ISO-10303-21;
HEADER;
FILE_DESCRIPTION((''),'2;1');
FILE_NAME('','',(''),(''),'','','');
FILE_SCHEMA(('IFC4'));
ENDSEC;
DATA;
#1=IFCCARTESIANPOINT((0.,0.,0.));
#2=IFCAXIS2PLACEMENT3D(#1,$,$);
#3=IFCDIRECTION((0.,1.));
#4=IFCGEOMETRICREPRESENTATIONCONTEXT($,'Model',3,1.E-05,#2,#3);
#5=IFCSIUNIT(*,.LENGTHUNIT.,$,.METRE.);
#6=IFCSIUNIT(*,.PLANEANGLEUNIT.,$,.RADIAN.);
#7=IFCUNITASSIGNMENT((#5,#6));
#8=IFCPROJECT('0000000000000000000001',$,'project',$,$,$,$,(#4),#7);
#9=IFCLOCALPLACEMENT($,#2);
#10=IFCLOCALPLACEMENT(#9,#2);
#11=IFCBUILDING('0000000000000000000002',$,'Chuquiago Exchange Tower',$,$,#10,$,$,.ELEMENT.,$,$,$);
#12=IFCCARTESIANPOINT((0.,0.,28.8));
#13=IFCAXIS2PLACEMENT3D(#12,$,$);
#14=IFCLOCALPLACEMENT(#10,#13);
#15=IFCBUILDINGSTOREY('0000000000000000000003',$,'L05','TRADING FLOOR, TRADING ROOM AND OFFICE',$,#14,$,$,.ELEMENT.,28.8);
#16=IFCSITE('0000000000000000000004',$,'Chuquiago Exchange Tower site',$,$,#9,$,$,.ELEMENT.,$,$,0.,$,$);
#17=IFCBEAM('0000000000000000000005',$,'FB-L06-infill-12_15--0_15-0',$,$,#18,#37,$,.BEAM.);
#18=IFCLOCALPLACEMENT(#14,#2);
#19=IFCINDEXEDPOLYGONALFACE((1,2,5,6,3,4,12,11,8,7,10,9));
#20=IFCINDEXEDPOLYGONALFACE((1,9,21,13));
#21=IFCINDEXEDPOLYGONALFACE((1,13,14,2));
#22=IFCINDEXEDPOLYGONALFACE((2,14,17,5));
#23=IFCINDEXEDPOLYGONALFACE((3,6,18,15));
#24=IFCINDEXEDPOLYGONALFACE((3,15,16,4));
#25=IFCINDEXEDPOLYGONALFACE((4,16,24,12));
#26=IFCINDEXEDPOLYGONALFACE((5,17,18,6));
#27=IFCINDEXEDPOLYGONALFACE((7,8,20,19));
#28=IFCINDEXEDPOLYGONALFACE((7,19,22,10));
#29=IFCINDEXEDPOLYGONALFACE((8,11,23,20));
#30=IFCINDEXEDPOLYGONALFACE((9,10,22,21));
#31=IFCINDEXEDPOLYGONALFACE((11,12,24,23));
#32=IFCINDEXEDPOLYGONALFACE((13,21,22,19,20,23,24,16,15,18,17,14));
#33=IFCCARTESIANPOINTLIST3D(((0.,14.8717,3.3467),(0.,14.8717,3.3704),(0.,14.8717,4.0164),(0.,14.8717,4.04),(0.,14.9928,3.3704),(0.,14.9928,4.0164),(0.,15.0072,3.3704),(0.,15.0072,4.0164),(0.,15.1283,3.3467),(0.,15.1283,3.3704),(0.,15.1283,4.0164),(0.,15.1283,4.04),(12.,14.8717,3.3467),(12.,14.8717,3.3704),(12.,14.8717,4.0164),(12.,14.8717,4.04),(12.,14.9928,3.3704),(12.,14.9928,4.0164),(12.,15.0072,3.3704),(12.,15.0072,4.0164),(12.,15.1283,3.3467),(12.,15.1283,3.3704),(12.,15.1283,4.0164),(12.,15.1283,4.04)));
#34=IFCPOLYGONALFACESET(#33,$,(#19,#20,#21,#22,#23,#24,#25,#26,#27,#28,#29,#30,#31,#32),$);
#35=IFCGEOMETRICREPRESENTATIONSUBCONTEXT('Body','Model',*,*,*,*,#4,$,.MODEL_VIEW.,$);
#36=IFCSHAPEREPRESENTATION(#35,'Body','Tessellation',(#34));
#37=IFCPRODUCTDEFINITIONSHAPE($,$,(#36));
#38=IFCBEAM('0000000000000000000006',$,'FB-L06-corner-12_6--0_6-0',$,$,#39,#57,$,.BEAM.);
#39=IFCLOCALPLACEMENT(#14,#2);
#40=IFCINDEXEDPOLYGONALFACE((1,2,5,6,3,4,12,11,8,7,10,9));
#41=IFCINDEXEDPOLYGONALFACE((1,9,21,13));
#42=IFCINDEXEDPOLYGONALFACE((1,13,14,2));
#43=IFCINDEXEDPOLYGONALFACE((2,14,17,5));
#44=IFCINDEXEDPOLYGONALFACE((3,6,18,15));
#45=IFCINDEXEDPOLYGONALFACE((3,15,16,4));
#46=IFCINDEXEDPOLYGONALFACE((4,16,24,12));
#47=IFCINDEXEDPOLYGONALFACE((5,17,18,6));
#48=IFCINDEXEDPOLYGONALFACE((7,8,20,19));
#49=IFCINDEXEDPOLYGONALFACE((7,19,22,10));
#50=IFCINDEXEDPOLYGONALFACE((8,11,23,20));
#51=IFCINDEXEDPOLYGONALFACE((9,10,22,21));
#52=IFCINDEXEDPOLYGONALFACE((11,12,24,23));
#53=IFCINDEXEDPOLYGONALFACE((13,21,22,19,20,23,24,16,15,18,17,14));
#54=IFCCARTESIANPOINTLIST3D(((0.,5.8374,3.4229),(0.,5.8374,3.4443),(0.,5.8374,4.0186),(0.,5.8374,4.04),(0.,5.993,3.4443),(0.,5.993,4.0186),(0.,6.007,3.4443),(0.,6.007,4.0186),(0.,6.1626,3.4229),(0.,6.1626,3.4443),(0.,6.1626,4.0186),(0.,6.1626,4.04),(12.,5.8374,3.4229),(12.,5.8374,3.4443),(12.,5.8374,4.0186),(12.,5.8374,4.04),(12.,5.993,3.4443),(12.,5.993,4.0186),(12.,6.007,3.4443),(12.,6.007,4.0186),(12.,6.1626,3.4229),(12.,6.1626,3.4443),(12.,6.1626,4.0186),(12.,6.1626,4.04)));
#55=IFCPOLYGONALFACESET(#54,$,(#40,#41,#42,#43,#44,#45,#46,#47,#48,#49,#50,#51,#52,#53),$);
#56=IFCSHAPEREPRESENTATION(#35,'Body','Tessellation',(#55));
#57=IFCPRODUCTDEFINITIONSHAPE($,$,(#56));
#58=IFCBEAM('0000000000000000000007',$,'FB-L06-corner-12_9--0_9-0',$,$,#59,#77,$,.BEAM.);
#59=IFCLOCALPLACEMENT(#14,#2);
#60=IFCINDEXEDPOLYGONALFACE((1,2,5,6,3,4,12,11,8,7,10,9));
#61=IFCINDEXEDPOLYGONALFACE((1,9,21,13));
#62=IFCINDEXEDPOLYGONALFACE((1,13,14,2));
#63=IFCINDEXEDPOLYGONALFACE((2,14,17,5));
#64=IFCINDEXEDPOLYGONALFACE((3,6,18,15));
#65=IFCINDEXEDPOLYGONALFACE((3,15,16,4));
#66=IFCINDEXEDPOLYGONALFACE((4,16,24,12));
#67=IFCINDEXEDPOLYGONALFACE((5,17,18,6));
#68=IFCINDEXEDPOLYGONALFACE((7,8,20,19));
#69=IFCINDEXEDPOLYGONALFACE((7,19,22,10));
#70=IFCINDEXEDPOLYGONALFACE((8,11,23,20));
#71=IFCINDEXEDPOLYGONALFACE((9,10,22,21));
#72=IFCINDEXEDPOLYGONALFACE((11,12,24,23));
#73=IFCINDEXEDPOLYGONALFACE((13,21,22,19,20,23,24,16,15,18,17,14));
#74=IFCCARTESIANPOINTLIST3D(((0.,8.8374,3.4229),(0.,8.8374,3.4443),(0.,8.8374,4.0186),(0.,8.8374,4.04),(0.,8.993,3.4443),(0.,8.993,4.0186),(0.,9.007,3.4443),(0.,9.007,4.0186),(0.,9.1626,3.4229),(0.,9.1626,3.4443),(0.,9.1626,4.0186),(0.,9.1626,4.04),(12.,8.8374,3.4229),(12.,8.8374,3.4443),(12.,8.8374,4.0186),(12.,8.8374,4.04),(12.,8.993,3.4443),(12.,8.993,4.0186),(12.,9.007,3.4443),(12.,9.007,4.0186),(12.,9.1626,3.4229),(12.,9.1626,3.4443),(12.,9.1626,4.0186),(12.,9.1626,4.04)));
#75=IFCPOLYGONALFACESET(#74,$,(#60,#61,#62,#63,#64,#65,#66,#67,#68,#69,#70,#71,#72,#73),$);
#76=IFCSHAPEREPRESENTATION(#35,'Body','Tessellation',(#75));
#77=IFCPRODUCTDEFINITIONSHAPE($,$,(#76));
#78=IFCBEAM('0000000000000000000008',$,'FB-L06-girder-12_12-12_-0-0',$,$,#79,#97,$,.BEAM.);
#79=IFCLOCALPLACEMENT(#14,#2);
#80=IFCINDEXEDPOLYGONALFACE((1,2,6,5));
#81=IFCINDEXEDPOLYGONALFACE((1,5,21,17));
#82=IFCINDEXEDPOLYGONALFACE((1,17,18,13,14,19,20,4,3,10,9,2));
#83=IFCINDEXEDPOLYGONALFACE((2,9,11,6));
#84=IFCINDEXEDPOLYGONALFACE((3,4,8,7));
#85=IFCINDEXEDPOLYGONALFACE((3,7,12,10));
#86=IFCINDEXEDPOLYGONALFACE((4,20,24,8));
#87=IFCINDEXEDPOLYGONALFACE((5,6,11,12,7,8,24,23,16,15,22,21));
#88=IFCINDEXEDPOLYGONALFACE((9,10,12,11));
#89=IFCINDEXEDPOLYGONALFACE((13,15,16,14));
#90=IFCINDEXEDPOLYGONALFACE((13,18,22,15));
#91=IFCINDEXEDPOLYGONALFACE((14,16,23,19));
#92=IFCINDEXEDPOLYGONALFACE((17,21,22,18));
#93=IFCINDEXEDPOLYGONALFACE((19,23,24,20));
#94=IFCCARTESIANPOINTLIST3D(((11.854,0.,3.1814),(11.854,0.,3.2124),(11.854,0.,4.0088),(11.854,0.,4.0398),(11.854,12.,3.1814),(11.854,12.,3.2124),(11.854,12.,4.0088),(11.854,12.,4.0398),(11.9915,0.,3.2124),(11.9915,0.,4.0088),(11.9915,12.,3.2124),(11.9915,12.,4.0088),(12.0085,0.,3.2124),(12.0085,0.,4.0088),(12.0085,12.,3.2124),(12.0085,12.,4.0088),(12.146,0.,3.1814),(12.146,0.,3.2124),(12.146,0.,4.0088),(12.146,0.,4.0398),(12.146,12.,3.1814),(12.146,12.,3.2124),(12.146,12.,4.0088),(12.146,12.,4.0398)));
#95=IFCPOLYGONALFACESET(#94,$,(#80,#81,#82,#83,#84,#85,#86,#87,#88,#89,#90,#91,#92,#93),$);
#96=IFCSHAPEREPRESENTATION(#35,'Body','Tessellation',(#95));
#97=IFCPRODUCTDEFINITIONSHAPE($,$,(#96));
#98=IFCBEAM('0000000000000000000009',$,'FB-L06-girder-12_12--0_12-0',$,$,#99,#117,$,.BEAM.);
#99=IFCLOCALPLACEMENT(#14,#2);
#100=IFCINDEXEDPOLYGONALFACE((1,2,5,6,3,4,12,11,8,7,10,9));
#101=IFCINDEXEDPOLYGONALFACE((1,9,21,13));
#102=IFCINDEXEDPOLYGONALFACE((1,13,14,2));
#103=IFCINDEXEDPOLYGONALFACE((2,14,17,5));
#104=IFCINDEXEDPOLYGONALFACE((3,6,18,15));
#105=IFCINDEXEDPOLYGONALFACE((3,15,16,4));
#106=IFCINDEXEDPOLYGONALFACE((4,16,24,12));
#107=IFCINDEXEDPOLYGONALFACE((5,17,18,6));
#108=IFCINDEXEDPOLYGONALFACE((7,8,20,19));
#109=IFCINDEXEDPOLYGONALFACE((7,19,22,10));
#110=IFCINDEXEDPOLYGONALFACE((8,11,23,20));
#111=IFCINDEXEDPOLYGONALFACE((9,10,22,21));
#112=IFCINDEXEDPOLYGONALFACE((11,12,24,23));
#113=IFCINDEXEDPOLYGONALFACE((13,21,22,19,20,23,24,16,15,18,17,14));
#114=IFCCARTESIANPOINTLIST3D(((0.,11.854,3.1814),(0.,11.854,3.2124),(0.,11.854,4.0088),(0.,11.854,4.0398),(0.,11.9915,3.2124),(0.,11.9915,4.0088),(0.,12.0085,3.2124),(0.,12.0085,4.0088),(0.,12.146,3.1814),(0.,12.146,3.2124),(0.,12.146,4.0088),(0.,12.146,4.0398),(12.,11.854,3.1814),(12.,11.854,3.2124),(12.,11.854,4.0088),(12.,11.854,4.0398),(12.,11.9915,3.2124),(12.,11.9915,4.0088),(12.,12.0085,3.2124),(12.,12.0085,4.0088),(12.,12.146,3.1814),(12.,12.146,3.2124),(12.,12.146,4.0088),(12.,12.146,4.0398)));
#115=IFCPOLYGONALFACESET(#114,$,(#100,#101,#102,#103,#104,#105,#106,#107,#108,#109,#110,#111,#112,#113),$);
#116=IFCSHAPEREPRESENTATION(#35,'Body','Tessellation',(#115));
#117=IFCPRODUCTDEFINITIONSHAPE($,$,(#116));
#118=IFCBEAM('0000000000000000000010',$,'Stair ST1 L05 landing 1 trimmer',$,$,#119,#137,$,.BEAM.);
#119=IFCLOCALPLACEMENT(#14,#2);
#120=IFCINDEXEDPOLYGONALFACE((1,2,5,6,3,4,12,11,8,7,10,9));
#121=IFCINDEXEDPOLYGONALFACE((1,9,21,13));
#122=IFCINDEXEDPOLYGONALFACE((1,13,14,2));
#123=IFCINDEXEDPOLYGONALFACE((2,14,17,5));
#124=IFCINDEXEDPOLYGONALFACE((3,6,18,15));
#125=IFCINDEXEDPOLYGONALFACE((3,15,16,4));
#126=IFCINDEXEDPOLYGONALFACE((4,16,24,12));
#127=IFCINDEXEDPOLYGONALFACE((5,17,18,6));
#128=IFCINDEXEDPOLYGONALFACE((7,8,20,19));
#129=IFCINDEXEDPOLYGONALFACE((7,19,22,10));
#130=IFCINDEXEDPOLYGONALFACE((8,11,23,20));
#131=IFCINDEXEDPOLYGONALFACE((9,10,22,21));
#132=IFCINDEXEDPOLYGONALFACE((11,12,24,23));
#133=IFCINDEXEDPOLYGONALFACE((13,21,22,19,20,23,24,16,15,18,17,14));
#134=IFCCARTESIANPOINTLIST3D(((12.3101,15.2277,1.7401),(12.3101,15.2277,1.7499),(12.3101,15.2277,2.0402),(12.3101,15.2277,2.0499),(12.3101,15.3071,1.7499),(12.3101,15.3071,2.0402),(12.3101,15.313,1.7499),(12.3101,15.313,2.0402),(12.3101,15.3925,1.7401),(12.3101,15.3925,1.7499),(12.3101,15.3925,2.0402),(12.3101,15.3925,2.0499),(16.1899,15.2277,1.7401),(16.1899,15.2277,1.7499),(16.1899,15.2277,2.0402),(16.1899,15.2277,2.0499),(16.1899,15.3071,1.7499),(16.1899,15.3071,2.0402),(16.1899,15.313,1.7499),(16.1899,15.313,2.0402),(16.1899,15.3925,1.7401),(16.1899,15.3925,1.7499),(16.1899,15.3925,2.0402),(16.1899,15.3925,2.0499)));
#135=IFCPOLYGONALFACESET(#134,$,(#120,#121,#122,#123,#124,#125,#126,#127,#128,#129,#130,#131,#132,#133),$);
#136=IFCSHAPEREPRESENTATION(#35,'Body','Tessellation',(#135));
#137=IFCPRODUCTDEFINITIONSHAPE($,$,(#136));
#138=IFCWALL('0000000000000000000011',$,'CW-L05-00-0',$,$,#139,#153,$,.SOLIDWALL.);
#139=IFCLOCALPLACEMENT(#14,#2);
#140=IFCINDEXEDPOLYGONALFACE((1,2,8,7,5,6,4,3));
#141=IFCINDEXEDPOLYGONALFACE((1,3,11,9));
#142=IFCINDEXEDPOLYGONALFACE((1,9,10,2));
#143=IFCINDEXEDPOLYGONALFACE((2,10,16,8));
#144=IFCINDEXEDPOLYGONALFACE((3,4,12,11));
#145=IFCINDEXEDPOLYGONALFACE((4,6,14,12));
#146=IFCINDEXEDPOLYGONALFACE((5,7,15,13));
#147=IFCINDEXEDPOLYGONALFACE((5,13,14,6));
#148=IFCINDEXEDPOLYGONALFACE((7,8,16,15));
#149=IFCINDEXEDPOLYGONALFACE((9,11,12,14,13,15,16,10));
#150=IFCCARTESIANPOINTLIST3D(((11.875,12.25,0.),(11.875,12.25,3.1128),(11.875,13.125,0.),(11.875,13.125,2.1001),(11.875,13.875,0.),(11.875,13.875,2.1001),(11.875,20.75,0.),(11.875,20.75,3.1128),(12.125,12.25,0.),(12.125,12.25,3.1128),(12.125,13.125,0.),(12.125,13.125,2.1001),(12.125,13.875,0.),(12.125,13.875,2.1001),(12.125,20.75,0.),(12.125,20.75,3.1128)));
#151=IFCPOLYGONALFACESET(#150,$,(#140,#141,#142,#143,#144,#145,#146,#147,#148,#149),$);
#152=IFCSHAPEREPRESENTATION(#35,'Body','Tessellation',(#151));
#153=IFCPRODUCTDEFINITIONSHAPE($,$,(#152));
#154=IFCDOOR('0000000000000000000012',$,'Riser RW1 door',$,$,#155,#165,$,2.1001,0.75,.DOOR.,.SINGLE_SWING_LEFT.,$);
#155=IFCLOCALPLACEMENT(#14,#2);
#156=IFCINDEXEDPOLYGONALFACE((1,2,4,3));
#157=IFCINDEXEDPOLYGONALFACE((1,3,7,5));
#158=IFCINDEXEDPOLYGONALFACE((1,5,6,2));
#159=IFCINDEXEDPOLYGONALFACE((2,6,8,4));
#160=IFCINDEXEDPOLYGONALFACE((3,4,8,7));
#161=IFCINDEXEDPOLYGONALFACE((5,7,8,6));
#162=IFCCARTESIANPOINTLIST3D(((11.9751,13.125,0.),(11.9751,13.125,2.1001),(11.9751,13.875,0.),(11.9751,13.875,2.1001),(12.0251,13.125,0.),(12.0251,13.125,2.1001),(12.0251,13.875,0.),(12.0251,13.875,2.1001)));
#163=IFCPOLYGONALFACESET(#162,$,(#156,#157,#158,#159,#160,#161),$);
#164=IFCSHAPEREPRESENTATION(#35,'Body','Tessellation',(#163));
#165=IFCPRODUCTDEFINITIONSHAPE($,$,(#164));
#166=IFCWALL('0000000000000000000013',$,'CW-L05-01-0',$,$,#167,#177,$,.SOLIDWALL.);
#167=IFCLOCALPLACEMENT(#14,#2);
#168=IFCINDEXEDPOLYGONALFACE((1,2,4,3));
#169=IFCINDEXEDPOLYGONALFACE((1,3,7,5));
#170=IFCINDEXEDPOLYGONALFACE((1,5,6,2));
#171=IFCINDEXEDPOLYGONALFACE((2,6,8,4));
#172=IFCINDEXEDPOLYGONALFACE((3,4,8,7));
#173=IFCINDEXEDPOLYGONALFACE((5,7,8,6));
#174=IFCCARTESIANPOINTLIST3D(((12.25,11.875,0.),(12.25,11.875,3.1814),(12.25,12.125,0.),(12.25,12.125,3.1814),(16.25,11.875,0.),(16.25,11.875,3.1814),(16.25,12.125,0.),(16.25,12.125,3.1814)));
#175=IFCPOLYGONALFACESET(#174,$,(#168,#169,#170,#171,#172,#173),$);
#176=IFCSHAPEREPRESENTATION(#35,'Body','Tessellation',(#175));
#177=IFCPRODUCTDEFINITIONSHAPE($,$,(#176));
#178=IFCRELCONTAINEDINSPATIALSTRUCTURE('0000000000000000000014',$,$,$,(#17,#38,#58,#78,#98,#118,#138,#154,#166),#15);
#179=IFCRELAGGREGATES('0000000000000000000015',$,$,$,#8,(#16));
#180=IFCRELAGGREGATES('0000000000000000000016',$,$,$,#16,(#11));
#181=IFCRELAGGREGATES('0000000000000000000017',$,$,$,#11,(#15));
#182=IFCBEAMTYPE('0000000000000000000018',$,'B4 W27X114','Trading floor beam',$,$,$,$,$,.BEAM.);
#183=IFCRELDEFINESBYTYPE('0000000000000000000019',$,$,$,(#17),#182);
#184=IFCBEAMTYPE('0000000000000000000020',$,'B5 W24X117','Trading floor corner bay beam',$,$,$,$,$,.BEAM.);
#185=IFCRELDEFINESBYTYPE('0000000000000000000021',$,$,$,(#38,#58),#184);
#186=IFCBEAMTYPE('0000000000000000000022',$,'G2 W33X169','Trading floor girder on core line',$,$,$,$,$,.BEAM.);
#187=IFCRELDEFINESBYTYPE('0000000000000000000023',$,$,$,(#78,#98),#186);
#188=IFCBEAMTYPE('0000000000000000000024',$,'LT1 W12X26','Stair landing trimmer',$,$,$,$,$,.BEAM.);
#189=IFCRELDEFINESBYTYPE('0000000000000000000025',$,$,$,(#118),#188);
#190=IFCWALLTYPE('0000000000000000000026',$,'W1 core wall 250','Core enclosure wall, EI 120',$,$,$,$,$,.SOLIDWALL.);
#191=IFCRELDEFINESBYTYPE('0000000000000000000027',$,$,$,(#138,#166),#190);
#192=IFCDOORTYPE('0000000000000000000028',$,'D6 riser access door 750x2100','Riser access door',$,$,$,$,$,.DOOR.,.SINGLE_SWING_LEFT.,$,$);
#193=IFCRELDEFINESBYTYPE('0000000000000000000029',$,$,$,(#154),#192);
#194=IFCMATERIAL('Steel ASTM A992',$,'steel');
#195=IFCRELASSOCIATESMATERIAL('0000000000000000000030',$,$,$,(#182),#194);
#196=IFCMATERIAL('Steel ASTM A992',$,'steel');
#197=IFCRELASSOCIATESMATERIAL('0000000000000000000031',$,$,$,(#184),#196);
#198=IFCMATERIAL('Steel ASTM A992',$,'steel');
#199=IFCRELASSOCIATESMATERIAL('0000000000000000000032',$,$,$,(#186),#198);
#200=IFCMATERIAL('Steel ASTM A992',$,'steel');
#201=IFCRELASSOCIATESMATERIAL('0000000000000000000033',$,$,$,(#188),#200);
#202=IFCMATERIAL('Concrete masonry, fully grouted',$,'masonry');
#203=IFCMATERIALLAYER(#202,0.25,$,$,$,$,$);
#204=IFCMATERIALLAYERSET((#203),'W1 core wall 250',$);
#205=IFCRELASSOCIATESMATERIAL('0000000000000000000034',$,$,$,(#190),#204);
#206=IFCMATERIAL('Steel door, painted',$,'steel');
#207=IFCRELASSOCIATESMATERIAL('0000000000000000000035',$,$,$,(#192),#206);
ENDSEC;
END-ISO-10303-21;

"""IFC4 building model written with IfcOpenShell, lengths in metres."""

from ifc_helpers import new_model, si_unit, direction, frame, frame_2d, origin, origin_2d, place, context, subcontext, project, spatial, rectangle, i_section, extrude, material, layer, layer_set, material_profile, profile_set, type_object, element, fill, save


model = new_model("IFC4")

# Units and contexts
model_context = context("Model", 3, precision=1e-05, world=origin(), true_north=direction((0.0, 1.0)))
body_context = subcontext(model_context, "Body", "Model", "MODEL_VIEW")
ifc_project = project(units=[si_unit("LENGTHUNIT", "METRE"), si_unit("PLANEANGLEUNIT", "RADIAN")], contexts=[model_context])

# Site, building, storey
site_placement = place(None, origin())
site = spatial("IfcSite", under=ifc_project, at=site_placement, Name="Chuquiago Exchange Tower site", CompositionType="ELEMENT", RefElevation=0.0)
building_placement = place(site_placement, origin())
building = spatial("IfcBuilding", under=site, at=building_placement, Name="Chuquiago Exchange Tower", CompositionType="ELEMENT")
storey_placement = place(building_placement, frame((0.0, 0.0, 28.8)))
storey = spatial("IfcBuildingStorey", under=building, at=storey_placement, Name="L05", Description="TRADING FLOOR, TRADING ROOM AND OFFICE", CompositionType="ELEMENT", Elevation=28.8)

# Beams
ifc_material_1 = material(Name="Steel ASTM A992", Category="steel")
ifc_material_profile_1 = material_profile(ifc_material_1, i_section(OverallWidth=0.2566, OverallDepth=0.6934, WebThickness=0.0144, FlangeThickness=0.0237, at=origin_2d()), Name="W27X114")
ifc_profile_set_1 = profile_set([ifc_material_profile_1], Name="Steel ASTM A992")
beam_type_1 = type_object("IfcBeamType", Name="B4 W27X114", Description="Trading floor beam", PredefinedType="BEAM", material=ifc_profile_set_1)
for number, where, z_axis, x_axis, name in (
    (1, (12.0, 15.0, 3.6934), (-1.0, 0.0, 0.0), (0.0, -1.0, 0.0), "FB-L06-infill-12_15--0_15-0"),
):
    element("IfcBeam", number, at=place(storey_placement, frame(where, z_axis=z_axis, x_axis=x_axis)), inside=storey, type_object=beam_type_1, Name=name, PredefinedType="BEAM", context=body_context, shape_type="SweptSolid", body=[
        extrude(i_section(OverallWidth=0.2566, OverallDepth=0.6934, WebThickness=0.0144, FlangeThickness=0.0237, at=origin_2d()), origin(), (0.0, 0.0, 1.0), 12.0),
    ])
ifc_material_2 = material(Name="Steel ASTM A992", Category="steel")
ifc_material_profile_2 = material_profile(ifc_material_2, i_section(OverallWidth=0.3252, OverallDepth=0.6172, WebThickness=0.0139, FlangeThickness=0.0215, at=origin_2d()), Name="W24X117")
ifc_profile_set_2 = profile_set([ifc_material_profile_2], Name="Steel ASTM A992")
beam_type_2 = type_object("IfcBeamType", Name="B5 W24X117", Description="Trading floor corner bay beam", PredefinedType="BEAM", material=ifc_profile_set_2)
for number, where, z_axis, x_axis, name in (
    (2, (12.0, 6.0, 3.7314), (-1.0, 0.0, 0.0), (0.0, -1.0, 0.0), "FB-L06-corner-12_6--0_6-0"),
    (3, (12.0, 9.0, 3.7314), (-1.0, 0.0, 0.0), (0.0, -1.0, 0.0), "FB-L06-corner-12_9--0_9-0"),
):
    element("IfcBeam", number, at=place(storey_placement, frame(where, z_axis=z_axis, x_axis=x_axis)), inside=storey, type_object=beam_type_2, Name=name, PredefinedType="BEAM", context=body_context, shape_type="SweptSolid", body=[
        extrude(i_section(OverallWidth=0.3252, OverallDepth=0.6172, WebThickness=0.0139, FlangeThickness=0.0215, at=origin_2d()), origin(), (0.0, 0.0, 1.0), 12.0),
    ])
ifc_material_3 = material(Name="Steel ASTM A992", Category="steel")
ifc_material_profile_3 = material_profile(ifc_material_3, i_section(OverallWidth=0.292, OverallDepth=0.8584, WebThickness=0.0171, FlangeThickness=0.031, at=origin_2d()), Name="W33X169")
ifc_profile_set_3 = profile_set([ifc_material_profile_3], Name="Steel ASTM A992")
beam_type_3 = type_object("IfcBeamType", Name="G2 W33X169", Description="Trading floor girder on core line", PredefinedType="BEAM", material=ifc_profile_set_3)
for number, where, z_axis, x_axis, name in (
    (4, (12.0, 12.0, 3.6106), (0.0, -1.0, 0.0), (1.0, 0.0, 0.0), "FB-L06-girder-12_12-12_-0-0"),
    (5, (12.0, 12.0, 3.6106), (-1.0, 0.0, 0.0), (0.0, -1.0, 0.0), "FB-L06-girder-12_12--0_12-0"),
):
    element("IfcBeam", number, at=place(storey_placement, frame(where, z_axis=z_axis, x_axis=x_axis)), inside=storey, type_object=beam_type_3, Name=name, PredefinedType="BEAM", context=body_context, shape_type="SweptSolid", body=[
        extrude(i_section(OverallWidth=0.292, OverallDepth=0.8584, WebThickness=0.0171, FlangeThickness=0.031, at=origin_2d()), origin(), (0.0, 0.0, 1.0), 12.0),
    ])
ifc_material_4 = material(Name="Steel ASTM A992", Category="steel")
ifc_material_profile_4 = material_profile(ifc_material_4, i_section(OverallWidth=0.1648, OverallDepth=0.3098, WebThickness=0.0059, FlangeThickness=0.0098, at=origin_2d()), Name="W12X26")
ifc_profile_set_4 = profile_set([ifc_material_profile_4], Name="Steel ASTM A992")
beam_type_4 = type_object("IfcBeamType", Name="LT1 W12X26", Description="Stair landing trimmer", PredefinedType="BEAM", material=ifc_profile_set_4)
beam_1_placement = place(storey_placement, frame((12.3101, 15.3101, 1.895), z_axis=(1.0, 0.0, 0.0), x_axis=(0.0, 1.0, 0.0)))
element("IfcBeam", 6, at=beam_1_placement, inside=storey, type_object=beam_type_4, Name="Stair ST1 L05 landing 1 trimmer", PredefinedType="BEAM", context=body_context, shape_type="SweptSolid", body=[
    extrude(i_section(OverallWidth=0.1648, OverallDepth=0.3098, WebThickness=0.0059, FlangeThickness=0.0098, at=origin_2d()), origin(), (0.0, 0.0, 1.0), 3.8799),
])

# Wall, opening, door
ifc_material_5 = material(Name="Concrete masonry, fully grouted", Category="masonry")
ifc_layer_1 = layer(ifc_material_5, 0.25)
ifc_layer_set_1 = layer_set([ifc_layer_1], Name="W1 core wall 250")
wall_type_1 = type_object("IfcWallType", Name="W1 core wall 250", Description="Core enclosure wall, EI 120", PredefinedType="SOLIDWALL", material=ifc_layer_set_1)
wall_1_placement = place(storey_placement, frame((12.0, 12.25, 0.0), z_axis=(0.0, 0.0, 1.0), x_axis=(0.0, 1.0, 0.0)))
wall_1 = element("IfcWall", 7, at=wall_1_placement, inside=storey, type_object=wall_type_1, Name="CW-L05-00-0", PredefinedType="SOLIDWALL", context=body_context, shape_type="SweptSolid", body=[
    extrude(rectangle(XDim=8.5, YDim=0.25, at=frame_2d((4.25, 0.0))), origin(), (0.0, 0.0, 1.0), 3.1128),
])
opening_placement = place(wall_1_placement, frame((0.875, 0.0, 0.0)))
opening = element("IfcOpeningElement", 8, at=opening_placement, cuts=wall_1, PredefinedType="OPENING", context=body_context, shape_type="SweptSolid", body=[
    extrude(rectangle(XDim=0.75, YDim=2.1001, at=frame_2d((0.375, 1.05))), frame((0.0, 0.135, 0.0), z_axis=(0.0, -1.0, 0.0), x_axis=(1.0, 0.0, 0.0)), (0.0, 0.0, 1.0), 0.27),
])
ifc_material_6 = material(Name="Steel door, painted", Category="steel")
door_type = type_object("IfcDoorType", Name="D6 riser access door 750x2100", Description="Riser access door", OperationType="SINGLE_SWING_LEFT", PredefinedType="DOOR", material=ifc_material_6)
door_placement = place(opening_placement, origin())
door = element("IfcDoor", 9, at=door_placement, inside=storey, type_object=door_type, Name="Riser RW1 door", OperationType="SINGLE_SWING_LEFT", OverallHeight=2.1001, OverallWidth=0.75, PredefinedType="DOOR", context=body_context, shape_type="SweptSolid", body=[
    extrude(rectangle(XDim=0.75, YDim=2.1001, at=frame_2d((0.375, 1.05))), frame((0.0, 0.0249, 0.0), z_axis=(0.0, -1.0, 0.0), x_axis=(1.0, 0.0, 0.0)), (0.0, 0.0, 1.0), 0.05),
])
fill(opening, door)

# Wall
wall_2_placement = place(storey_placement, frame((12.25, 12.0, 0.0), z_axis=(0.0, 0.0, 1.0), x_axis=(1.0, 0.0, 0.0)))
element("IfcWall", 10, at=wall_2_placement, inside=storey, type_object=wall_type_1, Name="CW-L05-01-0", PredefinedType="SOLIDWALL", context=body_context, shape_type="SweptSolid", body=[
    extrude(rectangle(XDim=4.0, YDim=0.25, at=frame_2d((2.0, 0.0))), origin(), (0.0, 0.0, 1.0), 3.1814),
])

save(model, "model.ifc")
